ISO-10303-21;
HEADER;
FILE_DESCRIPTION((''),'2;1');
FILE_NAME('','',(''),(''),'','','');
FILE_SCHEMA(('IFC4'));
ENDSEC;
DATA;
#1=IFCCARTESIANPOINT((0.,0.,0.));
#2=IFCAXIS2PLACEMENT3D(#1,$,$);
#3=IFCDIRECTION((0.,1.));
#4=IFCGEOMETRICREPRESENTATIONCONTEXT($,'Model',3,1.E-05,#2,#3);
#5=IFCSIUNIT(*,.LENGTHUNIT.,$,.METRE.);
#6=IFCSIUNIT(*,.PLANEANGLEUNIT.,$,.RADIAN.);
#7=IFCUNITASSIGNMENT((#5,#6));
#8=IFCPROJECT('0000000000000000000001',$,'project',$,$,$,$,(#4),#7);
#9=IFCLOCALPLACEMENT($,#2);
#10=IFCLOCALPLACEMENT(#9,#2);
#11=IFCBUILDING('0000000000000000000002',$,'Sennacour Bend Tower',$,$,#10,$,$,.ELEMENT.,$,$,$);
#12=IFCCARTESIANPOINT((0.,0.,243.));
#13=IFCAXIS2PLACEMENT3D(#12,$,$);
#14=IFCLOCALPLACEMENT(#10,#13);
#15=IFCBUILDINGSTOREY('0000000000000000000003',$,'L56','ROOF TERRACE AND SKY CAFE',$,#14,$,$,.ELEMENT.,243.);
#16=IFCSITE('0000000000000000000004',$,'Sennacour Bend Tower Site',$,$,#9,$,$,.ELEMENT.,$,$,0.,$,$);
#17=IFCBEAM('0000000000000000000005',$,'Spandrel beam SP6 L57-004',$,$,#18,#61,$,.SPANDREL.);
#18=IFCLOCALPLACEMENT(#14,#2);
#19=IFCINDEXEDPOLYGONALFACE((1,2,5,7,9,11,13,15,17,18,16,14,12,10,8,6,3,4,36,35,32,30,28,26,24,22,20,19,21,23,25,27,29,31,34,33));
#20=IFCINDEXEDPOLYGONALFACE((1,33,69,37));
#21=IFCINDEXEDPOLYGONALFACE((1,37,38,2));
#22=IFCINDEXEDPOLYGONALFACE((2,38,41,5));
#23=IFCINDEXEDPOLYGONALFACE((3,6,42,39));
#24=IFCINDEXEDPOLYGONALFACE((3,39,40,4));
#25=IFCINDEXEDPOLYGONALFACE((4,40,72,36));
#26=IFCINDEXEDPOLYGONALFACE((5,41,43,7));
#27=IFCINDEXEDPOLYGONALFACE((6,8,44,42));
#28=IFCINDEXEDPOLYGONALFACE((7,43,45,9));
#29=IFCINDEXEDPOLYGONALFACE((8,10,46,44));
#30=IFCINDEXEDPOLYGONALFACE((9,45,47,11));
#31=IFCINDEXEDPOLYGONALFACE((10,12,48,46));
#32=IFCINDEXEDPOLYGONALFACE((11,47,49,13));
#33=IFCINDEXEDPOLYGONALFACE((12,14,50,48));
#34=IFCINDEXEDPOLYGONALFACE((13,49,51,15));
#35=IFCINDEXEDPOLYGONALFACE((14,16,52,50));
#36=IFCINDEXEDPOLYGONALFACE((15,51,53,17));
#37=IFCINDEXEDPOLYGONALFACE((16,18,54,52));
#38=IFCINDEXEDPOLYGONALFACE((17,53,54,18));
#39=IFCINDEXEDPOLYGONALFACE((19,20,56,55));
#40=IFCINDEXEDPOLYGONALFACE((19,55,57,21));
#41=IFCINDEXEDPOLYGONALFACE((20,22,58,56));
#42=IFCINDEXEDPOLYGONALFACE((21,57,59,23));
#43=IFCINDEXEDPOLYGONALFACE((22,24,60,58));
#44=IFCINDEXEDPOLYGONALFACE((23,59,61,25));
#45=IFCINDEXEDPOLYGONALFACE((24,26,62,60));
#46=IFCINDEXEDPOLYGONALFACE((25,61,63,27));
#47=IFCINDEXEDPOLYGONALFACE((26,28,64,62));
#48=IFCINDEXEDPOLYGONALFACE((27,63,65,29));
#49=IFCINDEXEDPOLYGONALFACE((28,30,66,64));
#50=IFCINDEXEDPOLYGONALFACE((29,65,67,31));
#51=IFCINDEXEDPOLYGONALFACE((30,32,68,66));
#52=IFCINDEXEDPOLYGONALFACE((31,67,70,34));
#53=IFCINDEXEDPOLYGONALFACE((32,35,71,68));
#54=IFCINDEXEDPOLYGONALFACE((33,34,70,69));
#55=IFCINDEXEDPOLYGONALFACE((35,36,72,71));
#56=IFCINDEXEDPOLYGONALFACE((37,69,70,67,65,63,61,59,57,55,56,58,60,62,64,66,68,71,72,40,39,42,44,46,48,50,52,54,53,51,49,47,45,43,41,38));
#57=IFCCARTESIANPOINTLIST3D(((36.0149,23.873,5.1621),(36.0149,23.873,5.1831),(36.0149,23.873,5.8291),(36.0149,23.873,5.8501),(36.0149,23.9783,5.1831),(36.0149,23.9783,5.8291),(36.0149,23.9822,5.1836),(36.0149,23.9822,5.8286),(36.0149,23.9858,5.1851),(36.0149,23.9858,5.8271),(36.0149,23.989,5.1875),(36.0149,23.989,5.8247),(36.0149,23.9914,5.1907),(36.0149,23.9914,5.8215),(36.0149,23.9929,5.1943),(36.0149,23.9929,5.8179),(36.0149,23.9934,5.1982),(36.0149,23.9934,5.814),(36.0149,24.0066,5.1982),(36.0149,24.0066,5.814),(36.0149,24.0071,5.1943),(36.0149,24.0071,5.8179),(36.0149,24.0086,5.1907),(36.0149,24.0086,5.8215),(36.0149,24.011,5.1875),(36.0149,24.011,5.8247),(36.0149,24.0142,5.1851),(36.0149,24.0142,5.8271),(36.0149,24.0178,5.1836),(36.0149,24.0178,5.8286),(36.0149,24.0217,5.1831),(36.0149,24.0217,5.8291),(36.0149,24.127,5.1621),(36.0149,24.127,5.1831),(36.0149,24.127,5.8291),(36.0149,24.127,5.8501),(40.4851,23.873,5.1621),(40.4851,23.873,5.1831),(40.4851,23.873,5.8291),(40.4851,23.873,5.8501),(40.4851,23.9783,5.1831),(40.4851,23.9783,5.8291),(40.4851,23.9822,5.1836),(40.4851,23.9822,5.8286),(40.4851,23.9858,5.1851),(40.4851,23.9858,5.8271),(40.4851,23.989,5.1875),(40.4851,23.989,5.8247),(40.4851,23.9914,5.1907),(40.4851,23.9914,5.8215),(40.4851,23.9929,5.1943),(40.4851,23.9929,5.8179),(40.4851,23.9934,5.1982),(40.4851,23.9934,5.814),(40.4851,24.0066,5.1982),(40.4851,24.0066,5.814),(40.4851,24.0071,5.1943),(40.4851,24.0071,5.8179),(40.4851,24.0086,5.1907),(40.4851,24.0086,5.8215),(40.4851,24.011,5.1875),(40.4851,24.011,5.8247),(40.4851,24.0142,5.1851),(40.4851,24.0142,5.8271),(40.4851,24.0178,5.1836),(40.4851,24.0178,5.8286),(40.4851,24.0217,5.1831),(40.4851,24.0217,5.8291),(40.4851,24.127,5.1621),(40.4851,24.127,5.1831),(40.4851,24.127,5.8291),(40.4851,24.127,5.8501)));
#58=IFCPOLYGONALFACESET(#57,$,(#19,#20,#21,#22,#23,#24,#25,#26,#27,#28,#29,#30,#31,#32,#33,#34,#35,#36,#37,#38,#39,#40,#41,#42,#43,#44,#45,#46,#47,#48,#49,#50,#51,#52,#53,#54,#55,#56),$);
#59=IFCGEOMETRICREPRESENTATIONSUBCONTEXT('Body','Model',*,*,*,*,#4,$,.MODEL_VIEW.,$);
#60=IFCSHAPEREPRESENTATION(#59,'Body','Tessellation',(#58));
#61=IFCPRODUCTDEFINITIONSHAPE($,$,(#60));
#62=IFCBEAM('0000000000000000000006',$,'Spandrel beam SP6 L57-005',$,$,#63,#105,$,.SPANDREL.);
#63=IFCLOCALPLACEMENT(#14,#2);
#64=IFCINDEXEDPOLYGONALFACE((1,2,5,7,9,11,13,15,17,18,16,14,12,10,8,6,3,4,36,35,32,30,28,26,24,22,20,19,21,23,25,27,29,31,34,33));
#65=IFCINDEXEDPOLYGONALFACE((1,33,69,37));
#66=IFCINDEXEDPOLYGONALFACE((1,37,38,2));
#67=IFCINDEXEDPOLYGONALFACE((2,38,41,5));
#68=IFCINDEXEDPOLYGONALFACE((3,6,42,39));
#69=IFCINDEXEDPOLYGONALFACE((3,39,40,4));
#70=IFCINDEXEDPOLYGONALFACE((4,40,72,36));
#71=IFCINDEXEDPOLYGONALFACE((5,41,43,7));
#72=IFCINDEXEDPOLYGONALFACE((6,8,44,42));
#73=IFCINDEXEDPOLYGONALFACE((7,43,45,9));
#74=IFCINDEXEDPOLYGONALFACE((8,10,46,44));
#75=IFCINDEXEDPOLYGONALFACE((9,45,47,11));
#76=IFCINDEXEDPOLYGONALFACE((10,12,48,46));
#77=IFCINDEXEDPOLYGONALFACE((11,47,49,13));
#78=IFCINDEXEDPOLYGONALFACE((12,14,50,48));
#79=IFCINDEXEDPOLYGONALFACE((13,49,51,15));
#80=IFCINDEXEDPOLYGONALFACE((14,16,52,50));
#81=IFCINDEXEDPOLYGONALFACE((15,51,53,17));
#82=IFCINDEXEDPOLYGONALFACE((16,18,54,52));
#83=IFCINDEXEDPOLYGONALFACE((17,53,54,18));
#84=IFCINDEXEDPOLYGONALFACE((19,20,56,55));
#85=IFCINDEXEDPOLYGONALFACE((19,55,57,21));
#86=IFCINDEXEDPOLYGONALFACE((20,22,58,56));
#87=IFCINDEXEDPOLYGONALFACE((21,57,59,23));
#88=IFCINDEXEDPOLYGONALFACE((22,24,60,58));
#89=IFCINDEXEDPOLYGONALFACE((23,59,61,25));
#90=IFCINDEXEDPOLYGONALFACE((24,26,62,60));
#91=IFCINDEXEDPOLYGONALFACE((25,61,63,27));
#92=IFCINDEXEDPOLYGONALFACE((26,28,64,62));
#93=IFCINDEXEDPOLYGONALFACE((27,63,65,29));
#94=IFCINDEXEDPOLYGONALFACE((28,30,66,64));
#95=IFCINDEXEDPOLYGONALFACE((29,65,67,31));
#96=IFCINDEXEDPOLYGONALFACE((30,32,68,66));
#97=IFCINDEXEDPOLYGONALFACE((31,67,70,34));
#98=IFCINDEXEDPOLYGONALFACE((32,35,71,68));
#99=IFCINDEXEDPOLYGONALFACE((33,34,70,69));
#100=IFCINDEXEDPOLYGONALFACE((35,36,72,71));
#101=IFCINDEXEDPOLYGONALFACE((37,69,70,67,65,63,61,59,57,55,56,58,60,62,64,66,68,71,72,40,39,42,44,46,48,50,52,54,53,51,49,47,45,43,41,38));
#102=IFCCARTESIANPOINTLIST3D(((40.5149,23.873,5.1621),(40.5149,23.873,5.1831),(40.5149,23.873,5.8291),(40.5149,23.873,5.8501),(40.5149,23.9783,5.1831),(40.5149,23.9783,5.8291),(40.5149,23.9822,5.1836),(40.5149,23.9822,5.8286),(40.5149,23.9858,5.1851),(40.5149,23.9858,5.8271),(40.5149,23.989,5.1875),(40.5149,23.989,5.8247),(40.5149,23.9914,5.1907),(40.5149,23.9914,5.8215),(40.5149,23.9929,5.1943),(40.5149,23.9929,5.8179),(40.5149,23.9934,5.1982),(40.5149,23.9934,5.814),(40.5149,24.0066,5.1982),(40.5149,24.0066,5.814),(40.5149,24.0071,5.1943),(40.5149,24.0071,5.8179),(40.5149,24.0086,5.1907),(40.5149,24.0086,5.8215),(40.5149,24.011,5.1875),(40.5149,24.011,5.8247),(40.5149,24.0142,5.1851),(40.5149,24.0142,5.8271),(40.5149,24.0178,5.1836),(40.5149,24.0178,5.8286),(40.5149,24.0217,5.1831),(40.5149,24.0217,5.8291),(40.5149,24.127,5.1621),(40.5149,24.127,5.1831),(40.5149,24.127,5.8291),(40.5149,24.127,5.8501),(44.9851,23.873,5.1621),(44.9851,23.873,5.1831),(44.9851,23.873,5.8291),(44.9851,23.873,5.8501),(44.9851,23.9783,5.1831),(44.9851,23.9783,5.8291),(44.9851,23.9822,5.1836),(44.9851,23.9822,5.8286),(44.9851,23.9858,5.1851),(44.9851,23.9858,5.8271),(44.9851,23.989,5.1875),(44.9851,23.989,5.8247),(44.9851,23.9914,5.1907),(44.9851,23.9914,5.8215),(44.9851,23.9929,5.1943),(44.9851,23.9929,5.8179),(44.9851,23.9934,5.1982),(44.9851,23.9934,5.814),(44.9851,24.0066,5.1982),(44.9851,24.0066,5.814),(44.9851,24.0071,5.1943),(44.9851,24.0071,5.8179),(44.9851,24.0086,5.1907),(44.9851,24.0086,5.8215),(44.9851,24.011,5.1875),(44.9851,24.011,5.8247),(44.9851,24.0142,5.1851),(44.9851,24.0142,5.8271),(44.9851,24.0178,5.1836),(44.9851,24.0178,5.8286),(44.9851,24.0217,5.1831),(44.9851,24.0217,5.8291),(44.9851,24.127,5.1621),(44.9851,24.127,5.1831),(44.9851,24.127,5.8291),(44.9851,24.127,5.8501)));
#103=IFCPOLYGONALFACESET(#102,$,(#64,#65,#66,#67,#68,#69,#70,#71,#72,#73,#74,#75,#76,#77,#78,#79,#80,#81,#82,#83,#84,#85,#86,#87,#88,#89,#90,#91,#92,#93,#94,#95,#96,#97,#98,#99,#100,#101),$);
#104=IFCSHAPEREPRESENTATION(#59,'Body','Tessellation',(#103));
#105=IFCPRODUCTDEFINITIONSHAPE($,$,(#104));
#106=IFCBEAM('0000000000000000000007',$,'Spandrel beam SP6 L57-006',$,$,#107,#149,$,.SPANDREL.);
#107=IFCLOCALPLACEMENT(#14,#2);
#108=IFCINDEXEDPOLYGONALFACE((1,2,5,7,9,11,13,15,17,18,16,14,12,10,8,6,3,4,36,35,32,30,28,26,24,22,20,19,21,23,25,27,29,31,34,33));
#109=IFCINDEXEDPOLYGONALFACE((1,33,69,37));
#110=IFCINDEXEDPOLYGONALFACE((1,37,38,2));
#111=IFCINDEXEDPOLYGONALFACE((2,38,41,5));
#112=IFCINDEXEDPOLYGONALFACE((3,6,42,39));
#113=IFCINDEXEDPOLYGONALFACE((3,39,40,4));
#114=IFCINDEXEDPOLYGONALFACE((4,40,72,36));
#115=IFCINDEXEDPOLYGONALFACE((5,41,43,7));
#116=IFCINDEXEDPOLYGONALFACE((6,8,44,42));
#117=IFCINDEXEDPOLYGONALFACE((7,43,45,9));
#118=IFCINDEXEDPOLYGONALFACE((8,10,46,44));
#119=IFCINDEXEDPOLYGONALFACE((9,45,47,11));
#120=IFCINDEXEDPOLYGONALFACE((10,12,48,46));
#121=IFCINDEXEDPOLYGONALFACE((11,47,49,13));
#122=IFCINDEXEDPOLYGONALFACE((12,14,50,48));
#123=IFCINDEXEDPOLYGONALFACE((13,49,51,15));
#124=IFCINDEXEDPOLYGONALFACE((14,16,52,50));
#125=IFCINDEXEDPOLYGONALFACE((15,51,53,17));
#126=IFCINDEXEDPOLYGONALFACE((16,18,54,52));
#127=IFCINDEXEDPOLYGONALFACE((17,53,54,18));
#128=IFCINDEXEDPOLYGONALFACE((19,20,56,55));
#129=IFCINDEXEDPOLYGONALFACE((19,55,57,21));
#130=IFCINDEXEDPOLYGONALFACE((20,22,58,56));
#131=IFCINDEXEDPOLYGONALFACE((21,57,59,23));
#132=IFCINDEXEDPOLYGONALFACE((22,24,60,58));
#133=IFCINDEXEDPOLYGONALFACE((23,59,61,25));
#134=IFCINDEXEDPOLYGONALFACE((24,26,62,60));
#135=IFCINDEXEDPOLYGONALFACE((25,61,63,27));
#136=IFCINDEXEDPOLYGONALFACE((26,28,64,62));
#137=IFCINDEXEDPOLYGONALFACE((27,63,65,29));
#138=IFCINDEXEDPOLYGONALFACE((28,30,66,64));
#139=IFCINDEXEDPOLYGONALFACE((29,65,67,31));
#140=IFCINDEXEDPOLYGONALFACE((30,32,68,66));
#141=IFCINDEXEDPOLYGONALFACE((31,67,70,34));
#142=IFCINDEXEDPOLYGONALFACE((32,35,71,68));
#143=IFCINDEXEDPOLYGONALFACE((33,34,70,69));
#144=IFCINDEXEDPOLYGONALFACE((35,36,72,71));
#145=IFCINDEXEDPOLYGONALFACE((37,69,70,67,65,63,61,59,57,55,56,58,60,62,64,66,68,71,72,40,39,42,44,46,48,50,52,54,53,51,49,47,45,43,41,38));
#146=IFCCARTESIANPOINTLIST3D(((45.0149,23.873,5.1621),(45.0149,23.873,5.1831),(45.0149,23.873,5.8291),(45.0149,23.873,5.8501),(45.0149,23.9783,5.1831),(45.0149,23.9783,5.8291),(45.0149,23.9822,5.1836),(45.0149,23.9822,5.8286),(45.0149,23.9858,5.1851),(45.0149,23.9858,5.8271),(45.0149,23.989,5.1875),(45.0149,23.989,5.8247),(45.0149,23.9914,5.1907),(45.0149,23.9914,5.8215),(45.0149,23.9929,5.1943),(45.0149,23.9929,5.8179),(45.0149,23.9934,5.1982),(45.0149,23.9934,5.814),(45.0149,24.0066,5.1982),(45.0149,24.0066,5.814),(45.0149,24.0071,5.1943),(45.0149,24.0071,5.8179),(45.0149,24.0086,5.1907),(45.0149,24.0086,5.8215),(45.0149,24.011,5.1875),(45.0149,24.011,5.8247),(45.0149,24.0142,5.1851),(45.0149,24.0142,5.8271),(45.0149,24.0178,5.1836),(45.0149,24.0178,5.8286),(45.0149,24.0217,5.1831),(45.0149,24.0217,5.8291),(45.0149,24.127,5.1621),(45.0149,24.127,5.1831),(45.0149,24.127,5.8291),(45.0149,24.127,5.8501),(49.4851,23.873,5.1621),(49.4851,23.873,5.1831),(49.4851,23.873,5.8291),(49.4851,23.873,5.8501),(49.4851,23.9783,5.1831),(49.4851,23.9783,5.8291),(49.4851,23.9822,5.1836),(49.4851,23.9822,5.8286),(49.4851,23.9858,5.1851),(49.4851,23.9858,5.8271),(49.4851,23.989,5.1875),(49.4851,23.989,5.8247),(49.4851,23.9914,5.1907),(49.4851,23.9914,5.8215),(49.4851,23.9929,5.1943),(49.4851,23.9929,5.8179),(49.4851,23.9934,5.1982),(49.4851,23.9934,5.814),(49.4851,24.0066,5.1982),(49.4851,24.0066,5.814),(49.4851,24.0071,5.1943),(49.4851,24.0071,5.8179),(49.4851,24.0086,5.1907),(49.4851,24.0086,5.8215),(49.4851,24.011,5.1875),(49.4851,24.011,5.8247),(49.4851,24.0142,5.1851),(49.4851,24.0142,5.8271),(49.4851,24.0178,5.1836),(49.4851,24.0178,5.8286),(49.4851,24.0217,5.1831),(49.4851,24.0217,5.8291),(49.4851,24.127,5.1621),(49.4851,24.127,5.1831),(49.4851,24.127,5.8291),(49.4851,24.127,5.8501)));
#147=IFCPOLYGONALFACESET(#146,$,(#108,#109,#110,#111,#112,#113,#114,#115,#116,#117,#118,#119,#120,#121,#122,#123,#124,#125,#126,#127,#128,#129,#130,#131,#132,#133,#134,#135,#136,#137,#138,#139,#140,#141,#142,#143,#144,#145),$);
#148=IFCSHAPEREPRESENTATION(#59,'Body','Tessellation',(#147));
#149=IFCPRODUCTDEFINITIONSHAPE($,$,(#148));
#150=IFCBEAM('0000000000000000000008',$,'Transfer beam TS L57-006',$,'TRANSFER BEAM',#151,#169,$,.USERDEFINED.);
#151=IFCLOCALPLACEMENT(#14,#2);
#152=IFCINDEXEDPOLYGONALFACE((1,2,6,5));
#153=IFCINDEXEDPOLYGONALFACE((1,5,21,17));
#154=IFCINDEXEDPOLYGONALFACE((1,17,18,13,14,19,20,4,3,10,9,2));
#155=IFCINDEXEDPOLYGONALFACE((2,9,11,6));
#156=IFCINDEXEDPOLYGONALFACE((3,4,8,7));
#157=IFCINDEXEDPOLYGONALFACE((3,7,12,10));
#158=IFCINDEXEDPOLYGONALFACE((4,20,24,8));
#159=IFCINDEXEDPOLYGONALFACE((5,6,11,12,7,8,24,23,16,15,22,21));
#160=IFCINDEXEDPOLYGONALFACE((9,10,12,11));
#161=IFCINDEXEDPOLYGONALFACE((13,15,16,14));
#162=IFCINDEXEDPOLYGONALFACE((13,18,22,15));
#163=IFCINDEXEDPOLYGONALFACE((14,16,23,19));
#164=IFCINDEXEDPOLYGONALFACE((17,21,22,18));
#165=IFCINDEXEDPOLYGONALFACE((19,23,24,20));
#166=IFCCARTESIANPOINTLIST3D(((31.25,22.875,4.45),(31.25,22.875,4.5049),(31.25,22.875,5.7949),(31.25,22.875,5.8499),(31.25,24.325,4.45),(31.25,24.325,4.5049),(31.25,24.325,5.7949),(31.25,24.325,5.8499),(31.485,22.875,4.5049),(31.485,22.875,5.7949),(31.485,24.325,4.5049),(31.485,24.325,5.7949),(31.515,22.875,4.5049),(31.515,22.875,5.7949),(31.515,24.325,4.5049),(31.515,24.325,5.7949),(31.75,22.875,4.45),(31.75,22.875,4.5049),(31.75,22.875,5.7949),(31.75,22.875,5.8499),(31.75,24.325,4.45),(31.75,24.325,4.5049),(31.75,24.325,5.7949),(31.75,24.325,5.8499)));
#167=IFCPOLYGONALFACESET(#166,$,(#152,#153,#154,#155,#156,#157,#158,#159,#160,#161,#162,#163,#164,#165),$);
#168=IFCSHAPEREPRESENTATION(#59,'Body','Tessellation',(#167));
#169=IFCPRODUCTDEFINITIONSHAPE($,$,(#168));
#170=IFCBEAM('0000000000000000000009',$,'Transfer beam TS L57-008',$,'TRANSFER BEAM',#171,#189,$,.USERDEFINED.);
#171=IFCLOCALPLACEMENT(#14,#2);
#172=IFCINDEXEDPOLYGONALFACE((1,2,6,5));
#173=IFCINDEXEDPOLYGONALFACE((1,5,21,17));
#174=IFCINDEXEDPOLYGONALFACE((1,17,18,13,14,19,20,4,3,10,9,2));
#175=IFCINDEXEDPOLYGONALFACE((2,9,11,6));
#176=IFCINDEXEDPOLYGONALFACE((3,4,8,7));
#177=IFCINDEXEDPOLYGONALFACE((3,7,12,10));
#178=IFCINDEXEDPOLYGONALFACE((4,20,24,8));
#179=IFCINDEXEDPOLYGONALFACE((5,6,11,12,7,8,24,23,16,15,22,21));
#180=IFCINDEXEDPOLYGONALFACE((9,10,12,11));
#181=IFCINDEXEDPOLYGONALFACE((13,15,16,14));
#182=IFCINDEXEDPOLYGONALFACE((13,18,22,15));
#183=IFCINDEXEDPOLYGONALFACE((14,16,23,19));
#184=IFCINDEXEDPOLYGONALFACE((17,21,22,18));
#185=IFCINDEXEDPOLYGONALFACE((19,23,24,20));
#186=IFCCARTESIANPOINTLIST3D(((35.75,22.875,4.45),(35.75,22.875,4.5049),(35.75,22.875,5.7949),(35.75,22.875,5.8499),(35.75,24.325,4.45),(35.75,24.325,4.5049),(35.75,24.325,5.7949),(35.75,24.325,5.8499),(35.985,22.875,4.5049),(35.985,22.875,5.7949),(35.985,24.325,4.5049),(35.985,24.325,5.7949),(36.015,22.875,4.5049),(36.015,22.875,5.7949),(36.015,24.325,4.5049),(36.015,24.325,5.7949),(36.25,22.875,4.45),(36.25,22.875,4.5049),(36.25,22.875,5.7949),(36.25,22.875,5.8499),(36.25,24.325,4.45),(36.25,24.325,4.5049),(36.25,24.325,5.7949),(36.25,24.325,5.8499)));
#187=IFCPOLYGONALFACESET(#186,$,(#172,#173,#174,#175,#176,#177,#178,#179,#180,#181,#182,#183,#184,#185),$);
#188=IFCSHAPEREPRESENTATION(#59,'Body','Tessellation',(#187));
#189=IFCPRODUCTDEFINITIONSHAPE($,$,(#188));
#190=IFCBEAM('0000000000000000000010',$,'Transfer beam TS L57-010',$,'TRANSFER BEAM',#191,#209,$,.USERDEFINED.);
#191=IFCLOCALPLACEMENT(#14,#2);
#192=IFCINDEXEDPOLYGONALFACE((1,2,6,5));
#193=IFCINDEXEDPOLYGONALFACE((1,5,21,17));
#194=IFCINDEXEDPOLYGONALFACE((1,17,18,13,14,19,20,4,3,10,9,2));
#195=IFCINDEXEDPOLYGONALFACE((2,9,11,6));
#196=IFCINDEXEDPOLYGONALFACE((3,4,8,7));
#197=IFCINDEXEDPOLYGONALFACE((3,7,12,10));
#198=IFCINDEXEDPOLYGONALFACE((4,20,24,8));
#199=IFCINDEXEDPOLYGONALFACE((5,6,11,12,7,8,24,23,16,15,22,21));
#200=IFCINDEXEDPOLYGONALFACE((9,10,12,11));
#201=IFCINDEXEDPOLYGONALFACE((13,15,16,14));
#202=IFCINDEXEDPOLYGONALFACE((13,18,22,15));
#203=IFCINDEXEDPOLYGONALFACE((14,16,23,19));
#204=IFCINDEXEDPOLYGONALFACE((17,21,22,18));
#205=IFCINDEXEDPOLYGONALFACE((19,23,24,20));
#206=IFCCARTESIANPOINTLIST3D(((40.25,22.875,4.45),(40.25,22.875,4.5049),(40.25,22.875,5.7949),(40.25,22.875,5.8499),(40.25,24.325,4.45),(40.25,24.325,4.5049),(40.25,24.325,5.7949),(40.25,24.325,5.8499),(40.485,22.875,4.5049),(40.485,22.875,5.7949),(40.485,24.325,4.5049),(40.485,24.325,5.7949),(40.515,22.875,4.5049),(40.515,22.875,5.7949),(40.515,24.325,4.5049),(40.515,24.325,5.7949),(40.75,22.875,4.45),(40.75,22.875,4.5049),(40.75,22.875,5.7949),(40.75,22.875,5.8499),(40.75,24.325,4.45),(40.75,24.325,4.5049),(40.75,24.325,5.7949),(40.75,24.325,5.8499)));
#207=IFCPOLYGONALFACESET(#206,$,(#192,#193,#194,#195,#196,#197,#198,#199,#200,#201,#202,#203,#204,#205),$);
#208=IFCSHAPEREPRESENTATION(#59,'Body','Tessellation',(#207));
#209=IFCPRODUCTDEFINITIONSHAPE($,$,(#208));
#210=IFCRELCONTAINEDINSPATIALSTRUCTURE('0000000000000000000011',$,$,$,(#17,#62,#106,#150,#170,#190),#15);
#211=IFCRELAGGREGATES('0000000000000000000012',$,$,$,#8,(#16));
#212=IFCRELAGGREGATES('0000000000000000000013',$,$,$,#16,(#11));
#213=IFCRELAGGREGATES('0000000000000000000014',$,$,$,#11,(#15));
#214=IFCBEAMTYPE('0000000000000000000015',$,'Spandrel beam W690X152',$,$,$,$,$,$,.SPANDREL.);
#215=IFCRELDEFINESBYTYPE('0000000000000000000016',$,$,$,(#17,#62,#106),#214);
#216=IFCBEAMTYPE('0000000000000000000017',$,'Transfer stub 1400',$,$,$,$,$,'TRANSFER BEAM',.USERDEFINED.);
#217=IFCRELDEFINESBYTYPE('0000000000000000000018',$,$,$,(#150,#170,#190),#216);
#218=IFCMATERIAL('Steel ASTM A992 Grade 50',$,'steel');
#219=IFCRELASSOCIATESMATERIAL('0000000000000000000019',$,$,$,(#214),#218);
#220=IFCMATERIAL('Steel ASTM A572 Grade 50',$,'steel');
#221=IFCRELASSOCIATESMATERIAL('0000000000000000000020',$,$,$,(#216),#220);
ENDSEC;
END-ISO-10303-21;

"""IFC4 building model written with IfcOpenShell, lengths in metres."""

from ifc_helpers import new_model, si_unit, direction, frame, origin, origin_2d, place, context, subcontext, project, spatial, i_section, extrude, material, material_profile, profile_set, type_object, element, save


model = new_model("IFC4")

# Units and contexts
model_context = context("Model", 3, precision=1e-05, world=origin(), true_north=direction((0.0, 1.0)))
body_context = subcontext(model_context, "Body", "Model", "MODEL_VIEW")
ifc_project = project(units=[si_unit("LENGTHUNIT", "METRE"), si_unit("PLANEANGLEUNIT", "RADIAN")], contexts=[model_context])

# Site, building, storey
site_placement = place(None, origin())
site = spatial("IfcSite", under=ifc_project, at=site_placement, Name="Sennacour Bend Tower Site", CompositionType="ELEMENT", RefElevation=0.0)
building_placement = place(site_placement, origin())
building = spatial("IfcBuilding", under=site, at=building_placement, Name="Sennacour Bend Tower", CompositionType="ELEMENT")
storey_placement = place(building_placement, frame((0.0, 0.0, 243.0)))
storey = spatial("IfcBuildingStorey", under=building, at=storey_placement, Name="L56", Description="ROOF TERRACE AND SKY CAFE", CompositionType="ELEMENT", Elevation=243.0)

# Shared definitions
ifc_material_1 = material(Name="Steel ASTM A572 Grade 50", Category="steel")

# Shared definitions
ifc_material_2 = material(Name="Steel ASTM A992 Grade 50", Category="steel")

# Beams
ifc_material_profile_1 = material_profile(ifc_material_2, i_section(OverallWidth=0.2539, OverallDepth=0.688, WebThickness=0.0132, FlangeThickness=0.021, FilletRadius=0.0151, at=origin_2d()), Name="Steel ASTM A992 Grade 50", Category="steel")
ifc_profile_set_1 = profile_set([ifc_material_profile_1], Name="Steel ASTM A992 Grade 50")
beam_type_1 = type_object("IfcBeamType", Name="Spandrel beam W690X152", PredefinedType="SPANDREL", material=ifc_profile_set_1)
for number, where, z_axis, x_axis, name in (
    (1, (36.0149, 24.0, 5.5061), (1.0, 0.0, 0.0), (0.0, 1.0, 0.0), "Spandrel beam SP6 L57-004"),
    (2, (40.5149, 24.0, 5.5061), (1.0, 0.0, 0.0), (0.0, 1.0, 0.0), "Spandrel beam SP6 L57-005"),
    (3, (45.0149, 24.0, 5.5061), (1.0, 0.0, 0.0), (0.0, 1.0, 0.0), "Spandrel beam SP6 L57-006"),
):
    element("IfcBeam", number, at=place(storey_placement, frame(where, z_axis=z_axis, x_axis=x_axis)), inside=storey, type_object=beam_type_1, Name=name, PredefinedType="SPANDREL", context=body_context, shape_type="SweptSolid", body=[
        extrude(i_section(OverallWidth=0.2539, OverallDepth=0.688, WebThickness=0.0132, FlangeThickness=0.021, FilletRadius=0.0151, at=origin_2d()), origin(), (0.0, 0.0, 1.0), 4.4702),
    ])
ifc_material_profile_2 = material_profile(ifc_material_1, i_section(OverallWidth=0.5, OverallDepth=1.3999, WebThickness=0.03, FlangeThickness=0.0549, at=origin_2d()), Name="Steel ASTM A572 Grade 50", Category="steel")
ifc_profile_set_2 = profile_set([ifc_material_profile_2], Name="Steel ASTM A572 Grade 50")
beam_type_2 = type_object("IfcBeamType", Name="Transfer stub 1400", ElementType="TRANSFER BEAM", PredefinedType="USERDEFINED", material=ifc_profile_set_2)
for number, where, z_axis, x_axis, name in (
    (4, (31.5, 22.875, 5.1499), (0.0, 1.0, 0.0), (-1.0, 0.0, 0.0), "Transfer beam TS L57-006"),
    (5, (36.0, 22.875, 5.1499), (0.0, 1.0, 0.0), (-1.0, 0.0, 0.0), "Transfer beam TS L57-008"),
    (6, (40.5, 22.875, 5.1499), (0.0, 1.0, 0.0), (-1.0, 0.0, 0.0), "Transfer beam TS L57-010"),
):
    element("IfcBeam", number, at=place(storey_placement, frame(where, z_axis=z_axis, x_axis=x_axis)), inside=storey, type_object=beam_type_2, Name=name, ObjectType="TRANSFER BEAM", PredefinedType="USERDEFINED", context=body_context, shape_type="SweptSolid", body=[
        extrude(i_section(OverallWidth=0.5, OverallDepth=1.3999, WebThickness=0.03, FlangeThickness=0.0549, at=origin_2d()), origin(), (0.0, 0.0, 1.0), 1.45),
    ])

save(model, "model.ifc")
